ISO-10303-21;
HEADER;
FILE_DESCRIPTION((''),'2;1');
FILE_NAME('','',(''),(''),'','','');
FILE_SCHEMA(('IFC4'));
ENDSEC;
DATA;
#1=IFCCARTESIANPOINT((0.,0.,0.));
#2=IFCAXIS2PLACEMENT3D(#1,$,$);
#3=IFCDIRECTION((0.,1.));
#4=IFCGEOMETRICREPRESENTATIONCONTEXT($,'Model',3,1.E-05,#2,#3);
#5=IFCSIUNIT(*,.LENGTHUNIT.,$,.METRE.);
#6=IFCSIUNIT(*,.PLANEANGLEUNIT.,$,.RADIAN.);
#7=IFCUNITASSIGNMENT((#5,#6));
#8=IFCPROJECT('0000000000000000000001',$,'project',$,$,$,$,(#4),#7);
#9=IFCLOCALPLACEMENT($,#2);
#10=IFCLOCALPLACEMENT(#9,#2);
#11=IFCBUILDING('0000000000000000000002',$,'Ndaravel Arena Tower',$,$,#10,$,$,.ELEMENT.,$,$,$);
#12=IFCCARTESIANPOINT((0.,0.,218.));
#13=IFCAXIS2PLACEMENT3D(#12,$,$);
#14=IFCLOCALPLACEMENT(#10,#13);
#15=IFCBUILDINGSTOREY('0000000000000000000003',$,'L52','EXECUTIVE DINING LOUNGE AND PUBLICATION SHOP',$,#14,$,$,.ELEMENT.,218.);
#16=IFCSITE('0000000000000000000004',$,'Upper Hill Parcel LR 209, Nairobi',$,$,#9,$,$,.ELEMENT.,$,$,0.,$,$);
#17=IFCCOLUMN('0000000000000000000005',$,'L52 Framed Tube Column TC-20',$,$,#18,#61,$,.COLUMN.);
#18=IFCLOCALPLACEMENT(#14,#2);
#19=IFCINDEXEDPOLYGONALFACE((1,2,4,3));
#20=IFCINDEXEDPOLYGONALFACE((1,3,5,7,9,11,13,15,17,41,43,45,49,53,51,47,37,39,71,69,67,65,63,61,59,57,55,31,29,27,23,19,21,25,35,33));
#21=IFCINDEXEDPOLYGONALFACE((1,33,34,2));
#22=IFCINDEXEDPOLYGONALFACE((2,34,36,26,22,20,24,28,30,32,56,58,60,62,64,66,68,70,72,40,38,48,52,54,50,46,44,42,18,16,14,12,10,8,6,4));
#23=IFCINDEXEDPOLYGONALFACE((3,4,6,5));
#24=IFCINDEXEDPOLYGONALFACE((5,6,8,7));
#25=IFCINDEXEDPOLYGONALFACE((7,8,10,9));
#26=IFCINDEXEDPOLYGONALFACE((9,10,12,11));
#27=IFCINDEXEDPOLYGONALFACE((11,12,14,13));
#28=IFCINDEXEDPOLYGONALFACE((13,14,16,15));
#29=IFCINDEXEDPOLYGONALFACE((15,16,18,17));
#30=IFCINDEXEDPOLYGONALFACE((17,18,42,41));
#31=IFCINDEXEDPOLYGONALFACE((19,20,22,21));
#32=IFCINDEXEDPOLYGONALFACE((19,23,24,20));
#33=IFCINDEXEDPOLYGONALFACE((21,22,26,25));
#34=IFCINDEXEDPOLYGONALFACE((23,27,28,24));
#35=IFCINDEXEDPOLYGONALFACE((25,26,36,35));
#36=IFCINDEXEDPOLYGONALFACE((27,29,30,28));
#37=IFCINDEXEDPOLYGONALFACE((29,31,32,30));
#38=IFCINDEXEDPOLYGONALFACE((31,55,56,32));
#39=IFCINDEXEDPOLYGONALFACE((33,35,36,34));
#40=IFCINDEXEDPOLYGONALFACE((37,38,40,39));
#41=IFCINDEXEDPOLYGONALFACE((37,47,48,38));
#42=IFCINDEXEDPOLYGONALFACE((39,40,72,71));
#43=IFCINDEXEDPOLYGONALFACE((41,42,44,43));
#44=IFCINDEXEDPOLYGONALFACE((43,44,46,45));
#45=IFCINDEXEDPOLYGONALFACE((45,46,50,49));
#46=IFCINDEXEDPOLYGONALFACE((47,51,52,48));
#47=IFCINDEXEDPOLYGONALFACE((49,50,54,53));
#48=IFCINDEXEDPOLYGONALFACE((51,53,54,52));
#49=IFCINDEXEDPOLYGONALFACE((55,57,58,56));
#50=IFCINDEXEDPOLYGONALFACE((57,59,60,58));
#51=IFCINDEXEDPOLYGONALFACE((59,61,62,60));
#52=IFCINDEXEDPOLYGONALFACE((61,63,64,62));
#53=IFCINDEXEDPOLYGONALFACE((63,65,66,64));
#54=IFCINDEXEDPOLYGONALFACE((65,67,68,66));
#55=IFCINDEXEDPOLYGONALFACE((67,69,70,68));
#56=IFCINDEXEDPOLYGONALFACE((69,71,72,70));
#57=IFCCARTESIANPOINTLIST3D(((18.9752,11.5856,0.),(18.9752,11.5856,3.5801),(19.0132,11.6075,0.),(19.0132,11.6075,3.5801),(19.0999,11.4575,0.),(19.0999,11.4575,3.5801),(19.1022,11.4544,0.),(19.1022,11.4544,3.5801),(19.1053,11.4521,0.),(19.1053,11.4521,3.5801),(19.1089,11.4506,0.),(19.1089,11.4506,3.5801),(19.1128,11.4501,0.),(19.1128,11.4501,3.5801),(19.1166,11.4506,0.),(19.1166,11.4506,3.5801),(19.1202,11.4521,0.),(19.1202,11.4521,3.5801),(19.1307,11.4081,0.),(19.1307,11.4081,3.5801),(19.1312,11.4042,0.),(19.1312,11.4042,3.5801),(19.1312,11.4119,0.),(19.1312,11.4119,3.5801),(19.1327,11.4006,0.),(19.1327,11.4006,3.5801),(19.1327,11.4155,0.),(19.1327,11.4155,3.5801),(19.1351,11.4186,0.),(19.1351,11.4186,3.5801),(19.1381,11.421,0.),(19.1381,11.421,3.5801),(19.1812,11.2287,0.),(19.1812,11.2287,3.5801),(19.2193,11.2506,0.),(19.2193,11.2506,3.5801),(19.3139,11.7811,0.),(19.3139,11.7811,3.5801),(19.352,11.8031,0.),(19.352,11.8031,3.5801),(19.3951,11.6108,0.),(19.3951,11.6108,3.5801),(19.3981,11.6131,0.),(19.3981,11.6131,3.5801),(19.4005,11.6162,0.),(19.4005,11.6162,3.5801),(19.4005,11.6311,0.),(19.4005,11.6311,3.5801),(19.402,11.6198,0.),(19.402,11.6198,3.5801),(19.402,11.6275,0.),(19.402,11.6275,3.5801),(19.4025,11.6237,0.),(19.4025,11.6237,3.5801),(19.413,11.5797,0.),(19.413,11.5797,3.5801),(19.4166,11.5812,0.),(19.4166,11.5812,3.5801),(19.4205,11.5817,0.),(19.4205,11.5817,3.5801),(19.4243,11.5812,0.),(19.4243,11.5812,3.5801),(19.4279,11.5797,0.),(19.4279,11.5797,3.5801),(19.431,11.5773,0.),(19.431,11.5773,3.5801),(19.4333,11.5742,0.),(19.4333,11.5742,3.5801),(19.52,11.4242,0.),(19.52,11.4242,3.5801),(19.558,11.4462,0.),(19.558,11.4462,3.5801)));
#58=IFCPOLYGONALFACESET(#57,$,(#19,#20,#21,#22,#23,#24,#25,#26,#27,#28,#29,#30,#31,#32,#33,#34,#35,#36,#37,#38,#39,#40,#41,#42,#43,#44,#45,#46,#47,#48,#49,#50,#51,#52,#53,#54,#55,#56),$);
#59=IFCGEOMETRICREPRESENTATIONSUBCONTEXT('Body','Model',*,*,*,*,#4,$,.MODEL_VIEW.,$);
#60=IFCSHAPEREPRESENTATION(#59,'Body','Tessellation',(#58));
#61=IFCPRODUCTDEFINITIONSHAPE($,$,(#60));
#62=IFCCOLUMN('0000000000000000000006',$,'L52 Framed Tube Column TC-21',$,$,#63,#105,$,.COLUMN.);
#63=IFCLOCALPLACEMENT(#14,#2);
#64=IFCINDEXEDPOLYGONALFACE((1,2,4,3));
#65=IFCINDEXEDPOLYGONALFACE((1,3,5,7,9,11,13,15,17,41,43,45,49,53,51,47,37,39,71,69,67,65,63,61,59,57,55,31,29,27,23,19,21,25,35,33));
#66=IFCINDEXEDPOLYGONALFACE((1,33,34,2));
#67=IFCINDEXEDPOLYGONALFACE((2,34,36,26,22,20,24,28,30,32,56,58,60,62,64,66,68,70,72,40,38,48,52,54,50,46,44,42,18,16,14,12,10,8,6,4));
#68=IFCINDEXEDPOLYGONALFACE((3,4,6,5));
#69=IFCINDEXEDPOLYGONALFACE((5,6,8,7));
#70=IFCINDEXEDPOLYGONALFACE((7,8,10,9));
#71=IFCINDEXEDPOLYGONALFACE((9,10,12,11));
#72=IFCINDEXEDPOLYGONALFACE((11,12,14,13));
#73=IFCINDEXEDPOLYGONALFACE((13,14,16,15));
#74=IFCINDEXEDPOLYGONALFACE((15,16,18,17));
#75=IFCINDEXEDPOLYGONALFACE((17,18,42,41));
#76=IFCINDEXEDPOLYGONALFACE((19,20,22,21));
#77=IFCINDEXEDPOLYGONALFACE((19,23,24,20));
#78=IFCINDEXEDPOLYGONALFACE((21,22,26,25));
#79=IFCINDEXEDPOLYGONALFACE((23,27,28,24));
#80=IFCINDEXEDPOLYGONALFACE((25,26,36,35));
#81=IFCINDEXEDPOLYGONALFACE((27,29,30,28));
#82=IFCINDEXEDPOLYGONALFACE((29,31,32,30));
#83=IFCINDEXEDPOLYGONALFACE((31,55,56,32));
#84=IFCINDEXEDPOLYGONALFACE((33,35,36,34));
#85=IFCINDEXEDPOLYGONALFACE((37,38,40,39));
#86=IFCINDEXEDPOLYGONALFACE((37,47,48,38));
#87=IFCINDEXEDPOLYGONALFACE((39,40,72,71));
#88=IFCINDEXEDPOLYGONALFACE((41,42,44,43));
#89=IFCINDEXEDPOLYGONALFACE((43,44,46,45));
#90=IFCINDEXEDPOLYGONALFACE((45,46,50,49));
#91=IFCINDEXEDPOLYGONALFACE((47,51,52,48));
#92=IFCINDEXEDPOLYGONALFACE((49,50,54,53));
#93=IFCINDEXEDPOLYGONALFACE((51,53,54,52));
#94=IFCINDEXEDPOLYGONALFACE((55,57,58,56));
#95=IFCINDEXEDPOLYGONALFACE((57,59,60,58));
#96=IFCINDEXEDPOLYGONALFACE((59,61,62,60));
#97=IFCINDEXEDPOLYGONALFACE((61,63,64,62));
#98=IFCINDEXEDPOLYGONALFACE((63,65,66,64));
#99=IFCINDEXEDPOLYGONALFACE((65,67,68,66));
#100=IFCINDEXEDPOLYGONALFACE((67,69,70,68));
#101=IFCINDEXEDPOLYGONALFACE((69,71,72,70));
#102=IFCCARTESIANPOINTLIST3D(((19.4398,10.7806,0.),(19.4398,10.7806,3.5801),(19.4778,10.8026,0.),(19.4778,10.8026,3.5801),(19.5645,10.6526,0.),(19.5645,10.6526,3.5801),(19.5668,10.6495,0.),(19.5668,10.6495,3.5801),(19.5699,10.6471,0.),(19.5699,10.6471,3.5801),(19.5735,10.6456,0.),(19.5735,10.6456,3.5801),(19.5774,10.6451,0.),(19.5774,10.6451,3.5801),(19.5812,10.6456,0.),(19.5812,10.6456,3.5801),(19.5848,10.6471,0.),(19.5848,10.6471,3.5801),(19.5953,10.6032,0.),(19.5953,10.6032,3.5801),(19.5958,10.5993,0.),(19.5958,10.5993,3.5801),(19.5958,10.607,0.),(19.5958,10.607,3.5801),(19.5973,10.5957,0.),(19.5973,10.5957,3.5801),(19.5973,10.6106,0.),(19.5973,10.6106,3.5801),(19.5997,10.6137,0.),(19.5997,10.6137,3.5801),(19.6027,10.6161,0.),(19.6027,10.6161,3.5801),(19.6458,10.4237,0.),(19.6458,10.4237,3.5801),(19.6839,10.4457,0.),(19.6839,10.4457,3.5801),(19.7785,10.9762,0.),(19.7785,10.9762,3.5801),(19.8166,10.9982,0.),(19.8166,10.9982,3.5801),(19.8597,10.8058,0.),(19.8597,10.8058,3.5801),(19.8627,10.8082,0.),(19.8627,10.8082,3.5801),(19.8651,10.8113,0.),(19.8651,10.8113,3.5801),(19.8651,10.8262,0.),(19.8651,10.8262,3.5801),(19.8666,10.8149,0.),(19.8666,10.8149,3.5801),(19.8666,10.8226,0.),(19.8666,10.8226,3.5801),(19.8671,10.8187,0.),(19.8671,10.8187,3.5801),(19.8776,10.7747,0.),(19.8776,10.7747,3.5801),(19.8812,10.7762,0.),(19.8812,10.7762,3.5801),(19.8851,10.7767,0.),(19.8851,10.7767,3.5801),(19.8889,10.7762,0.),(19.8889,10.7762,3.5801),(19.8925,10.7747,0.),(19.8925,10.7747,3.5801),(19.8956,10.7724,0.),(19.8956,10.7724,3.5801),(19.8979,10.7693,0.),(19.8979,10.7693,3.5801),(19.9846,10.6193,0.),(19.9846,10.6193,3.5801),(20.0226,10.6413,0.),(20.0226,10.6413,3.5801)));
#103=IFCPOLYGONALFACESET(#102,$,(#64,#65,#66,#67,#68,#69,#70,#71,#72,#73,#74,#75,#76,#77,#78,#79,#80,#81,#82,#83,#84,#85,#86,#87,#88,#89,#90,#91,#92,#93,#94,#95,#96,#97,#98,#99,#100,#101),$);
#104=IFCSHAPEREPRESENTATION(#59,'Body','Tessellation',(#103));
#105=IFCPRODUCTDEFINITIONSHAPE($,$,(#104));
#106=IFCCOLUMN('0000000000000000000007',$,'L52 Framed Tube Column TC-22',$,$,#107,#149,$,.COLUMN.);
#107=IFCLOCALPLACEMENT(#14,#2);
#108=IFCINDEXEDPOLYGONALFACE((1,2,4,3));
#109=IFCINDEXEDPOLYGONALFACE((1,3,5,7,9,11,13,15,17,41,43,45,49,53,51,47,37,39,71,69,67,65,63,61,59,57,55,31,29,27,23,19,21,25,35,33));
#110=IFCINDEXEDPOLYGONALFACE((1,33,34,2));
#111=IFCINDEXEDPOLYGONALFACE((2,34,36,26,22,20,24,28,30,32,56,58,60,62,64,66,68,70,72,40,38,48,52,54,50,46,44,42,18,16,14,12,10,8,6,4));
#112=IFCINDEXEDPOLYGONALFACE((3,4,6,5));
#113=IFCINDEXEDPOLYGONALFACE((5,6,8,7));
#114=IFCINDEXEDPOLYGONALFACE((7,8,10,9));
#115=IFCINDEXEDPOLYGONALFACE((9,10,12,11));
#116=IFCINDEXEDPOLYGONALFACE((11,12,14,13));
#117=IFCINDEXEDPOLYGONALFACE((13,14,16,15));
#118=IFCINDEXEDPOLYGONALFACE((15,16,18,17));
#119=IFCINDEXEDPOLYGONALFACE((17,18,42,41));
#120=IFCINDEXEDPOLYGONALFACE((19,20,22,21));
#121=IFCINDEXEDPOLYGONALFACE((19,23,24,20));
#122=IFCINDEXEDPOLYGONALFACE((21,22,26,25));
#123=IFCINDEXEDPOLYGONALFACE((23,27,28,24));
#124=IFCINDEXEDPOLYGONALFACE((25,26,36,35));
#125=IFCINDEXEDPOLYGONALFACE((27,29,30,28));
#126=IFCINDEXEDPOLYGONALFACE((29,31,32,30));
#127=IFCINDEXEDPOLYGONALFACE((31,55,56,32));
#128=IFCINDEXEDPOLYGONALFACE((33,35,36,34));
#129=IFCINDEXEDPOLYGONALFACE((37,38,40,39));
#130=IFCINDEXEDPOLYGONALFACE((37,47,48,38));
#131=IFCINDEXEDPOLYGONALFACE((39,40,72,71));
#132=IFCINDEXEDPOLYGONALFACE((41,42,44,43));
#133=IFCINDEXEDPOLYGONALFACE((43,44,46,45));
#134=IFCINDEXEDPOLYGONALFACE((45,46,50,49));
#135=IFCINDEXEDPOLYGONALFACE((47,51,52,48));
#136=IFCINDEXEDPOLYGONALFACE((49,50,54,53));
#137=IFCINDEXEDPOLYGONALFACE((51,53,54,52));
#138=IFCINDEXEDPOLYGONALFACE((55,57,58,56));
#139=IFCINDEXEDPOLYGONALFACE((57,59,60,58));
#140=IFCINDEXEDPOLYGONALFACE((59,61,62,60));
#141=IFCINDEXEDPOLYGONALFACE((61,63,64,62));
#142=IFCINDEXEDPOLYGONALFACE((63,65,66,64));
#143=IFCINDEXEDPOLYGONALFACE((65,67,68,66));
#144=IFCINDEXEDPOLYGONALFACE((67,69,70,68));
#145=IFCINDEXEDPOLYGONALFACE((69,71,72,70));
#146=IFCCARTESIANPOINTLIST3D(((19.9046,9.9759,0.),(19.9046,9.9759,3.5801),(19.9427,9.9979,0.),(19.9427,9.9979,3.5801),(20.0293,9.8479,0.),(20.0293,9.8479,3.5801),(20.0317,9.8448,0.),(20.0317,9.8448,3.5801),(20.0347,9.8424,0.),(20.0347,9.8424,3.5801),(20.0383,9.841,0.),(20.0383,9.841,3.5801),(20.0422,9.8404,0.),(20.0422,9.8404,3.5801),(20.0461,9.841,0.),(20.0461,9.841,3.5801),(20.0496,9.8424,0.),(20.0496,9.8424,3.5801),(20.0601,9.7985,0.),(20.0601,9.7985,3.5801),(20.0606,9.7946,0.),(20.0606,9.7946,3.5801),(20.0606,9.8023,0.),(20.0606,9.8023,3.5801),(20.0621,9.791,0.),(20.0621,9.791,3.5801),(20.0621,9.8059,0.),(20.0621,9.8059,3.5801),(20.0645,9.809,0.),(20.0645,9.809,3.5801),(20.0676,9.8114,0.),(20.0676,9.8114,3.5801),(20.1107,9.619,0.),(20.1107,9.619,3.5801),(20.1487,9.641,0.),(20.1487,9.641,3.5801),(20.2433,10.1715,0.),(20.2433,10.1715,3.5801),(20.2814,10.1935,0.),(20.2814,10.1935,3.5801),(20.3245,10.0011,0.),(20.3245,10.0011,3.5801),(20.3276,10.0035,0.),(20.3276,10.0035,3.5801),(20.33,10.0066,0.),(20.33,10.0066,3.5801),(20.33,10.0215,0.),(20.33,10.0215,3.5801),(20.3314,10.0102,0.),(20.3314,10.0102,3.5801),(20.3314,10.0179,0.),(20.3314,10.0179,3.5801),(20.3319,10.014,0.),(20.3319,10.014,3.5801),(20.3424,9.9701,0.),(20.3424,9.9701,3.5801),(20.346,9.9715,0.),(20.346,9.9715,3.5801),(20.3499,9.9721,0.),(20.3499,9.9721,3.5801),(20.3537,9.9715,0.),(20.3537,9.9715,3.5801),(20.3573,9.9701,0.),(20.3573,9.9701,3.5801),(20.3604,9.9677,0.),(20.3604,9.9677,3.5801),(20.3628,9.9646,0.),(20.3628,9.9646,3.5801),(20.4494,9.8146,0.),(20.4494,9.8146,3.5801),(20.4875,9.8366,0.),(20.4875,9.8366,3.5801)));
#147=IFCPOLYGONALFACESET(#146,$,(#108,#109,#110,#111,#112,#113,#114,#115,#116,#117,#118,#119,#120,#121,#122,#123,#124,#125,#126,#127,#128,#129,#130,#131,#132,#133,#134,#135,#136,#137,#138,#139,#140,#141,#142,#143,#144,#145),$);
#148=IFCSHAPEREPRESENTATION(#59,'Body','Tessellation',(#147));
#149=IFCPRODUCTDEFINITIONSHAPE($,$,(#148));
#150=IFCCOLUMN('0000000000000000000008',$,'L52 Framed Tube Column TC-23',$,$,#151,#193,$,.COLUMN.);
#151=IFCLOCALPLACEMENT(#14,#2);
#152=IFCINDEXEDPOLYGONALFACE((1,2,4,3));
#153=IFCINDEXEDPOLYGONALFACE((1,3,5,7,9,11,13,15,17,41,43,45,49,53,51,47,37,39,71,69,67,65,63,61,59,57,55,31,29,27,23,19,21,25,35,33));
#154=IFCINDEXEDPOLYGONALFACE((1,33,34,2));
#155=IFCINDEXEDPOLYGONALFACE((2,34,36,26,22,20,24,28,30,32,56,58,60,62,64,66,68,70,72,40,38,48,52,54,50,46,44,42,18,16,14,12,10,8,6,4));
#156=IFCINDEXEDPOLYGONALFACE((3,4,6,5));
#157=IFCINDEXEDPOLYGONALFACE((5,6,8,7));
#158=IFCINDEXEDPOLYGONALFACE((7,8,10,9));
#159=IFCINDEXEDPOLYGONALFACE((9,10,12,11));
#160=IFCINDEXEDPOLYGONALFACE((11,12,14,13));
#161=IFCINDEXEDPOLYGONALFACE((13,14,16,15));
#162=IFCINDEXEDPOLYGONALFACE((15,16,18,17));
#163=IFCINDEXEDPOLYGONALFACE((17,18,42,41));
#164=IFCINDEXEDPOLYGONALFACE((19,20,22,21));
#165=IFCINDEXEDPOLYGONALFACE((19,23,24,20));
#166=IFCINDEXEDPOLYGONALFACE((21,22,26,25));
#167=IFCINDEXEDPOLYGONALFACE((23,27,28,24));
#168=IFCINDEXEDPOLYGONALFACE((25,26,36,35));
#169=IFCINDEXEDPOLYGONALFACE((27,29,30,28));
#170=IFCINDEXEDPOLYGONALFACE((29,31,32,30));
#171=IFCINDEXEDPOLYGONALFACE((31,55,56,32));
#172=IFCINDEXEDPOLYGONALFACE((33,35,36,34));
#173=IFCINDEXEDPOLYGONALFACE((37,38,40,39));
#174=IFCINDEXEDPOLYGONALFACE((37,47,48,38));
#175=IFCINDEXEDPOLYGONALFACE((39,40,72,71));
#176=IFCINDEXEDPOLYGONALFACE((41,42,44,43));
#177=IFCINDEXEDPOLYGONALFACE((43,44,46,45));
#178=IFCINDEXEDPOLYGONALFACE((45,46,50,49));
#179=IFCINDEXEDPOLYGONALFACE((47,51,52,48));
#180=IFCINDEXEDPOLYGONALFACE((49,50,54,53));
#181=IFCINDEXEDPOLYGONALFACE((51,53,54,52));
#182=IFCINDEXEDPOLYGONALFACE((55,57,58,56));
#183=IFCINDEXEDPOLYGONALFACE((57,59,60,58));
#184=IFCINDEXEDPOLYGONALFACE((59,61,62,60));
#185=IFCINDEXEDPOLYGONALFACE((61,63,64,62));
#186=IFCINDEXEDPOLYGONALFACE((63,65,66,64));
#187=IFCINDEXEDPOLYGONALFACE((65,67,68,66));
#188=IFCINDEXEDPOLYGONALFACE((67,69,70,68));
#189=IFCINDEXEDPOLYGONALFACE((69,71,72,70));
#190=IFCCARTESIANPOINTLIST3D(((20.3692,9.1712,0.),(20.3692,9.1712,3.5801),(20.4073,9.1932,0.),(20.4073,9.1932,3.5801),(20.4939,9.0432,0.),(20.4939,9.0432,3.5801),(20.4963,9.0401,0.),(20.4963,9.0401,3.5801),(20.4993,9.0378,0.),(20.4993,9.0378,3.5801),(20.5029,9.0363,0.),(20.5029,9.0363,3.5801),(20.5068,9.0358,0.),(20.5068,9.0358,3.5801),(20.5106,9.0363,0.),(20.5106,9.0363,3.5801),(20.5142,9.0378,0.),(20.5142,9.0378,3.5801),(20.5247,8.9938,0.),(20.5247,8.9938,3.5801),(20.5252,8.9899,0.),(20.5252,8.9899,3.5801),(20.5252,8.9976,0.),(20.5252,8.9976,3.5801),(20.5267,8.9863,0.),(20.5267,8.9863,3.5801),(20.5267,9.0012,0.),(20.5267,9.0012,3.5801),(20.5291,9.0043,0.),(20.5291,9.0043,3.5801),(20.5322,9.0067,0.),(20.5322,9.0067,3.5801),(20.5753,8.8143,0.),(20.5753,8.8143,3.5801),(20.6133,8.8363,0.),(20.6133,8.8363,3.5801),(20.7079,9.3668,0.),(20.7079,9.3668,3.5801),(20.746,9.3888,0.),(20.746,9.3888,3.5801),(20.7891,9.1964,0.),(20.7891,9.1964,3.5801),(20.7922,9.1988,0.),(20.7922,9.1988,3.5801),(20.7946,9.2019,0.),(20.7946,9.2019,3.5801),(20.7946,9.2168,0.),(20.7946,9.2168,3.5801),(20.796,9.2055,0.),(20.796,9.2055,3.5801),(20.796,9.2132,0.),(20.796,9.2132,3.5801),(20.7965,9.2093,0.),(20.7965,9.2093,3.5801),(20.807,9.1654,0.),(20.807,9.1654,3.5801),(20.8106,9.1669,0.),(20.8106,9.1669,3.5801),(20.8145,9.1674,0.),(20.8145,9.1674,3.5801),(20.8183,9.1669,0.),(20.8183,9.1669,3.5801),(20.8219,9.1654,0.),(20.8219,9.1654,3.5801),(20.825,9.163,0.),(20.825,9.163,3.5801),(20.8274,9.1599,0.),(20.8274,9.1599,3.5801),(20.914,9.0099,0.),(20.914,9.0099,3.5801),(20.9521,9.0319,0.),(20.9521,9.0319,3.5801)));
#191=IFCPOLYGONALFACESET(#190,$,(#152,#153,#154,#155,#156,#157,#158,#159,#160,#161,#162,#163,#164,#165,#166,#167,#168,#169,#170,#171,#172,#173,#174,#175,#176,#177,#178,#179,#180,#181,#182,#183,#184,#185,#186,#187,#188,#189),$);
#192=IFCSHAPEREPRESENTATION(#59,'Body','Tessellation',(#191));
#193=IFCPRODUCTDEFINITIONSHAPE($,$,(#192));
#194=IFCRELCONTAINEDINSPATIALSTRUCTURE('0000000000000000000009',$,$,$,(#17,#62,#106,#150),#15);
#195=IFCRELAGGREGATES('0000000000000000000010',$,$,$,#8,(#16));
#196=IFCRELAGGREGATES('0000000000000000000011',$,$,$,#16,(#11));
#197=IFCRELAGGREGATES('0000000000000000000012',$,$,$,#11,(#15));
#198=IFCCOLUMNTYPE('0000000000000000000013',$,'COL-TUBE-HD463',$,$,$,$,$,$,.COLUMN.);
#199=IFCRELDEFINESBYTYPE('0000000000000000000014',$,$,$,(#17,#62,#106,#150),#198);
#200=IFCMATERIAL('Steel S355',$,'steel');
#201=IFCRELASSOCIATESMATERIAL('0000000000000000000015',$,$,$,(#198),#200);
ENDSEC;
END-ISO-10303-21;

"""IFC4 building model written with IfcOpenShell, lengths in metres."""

from ifc_helpers import new_model, si_unit, direction, frame, origin, origin_2d, place, context, subcontext, project, spatial, i_section, extrude, material, material_profile, profile_set, type_object, element, save


model = new_model("IFC4")

# Units and contexts
model_context = context("Model", 3, precision=1e-05, world=origin(), true_north=direction((0.0, 1.0)))
body_context = subcontext(model_context, "Body", "Model", "MODEL_VIEW")
ifc_project = project(units=[si_unit("LENGTHUNIT", "METRE"), si_unit("PLANEANGLEUNIT", "RADIAN")], contexts=[model_context])

# Site, building, storey
site_placement = place(None, origin())
site = spatial("IfcSite", under=ifc_project, at=site_placement, Name="Upper Hill Parcel LR 209, Nairobi", CompositionType="ELEMENT", RefElevation=0.0)
building_placement = place(site_placement, origin())
building = spatial("IfcBuilding", under=site, at=building_placement, Name="Ndaravel Arena Tower", CompositionType="ELEMENT")
storey_placement = place(building_placement, frame((0.0, 0.0, 218.0)))
storey = spatial("IfcBuildingStorey", under=building, at=storey_placement, Name="L52", Description="EXECUTIVE DINING LOUNGE AND PUBLICATION SHOP", CompositionType="ELEMENT", Elevation=218.0)

# Columns
ifc_material_1 = material(Name="Steel S355", Category="steel")
ifc_material_profile_1 = material_profile(ifc_material_1, i_section(OverallWidth=0.4121, OverallDepth=0.4351, WebThickness=0.0359, FlangeThickness=0.0439, FilletRadius=0.0149, at=origin_2d()), Name="HD 400x463")
ifc_profile_set_1 = profile_set([ifc_material_profile_1], Name="Steel S355")
column_type = type_object("IfcColumnType", Name="COL-TUBE-HD463", PredefinedType="COLUMN", material=ifc_profile_set_1)
for number, where, z_axis, x_axis, name in (
    (1, (19.2666, 11.5159, 0.0), (0.0, 0.0, 1.0), (-0.5, 0.866025, 0.0), "L52 Framed Tube Column TC-20"),
    (2, (19.7312, 10.7109, 0.0), (0.0, 0.0, 1.0), (-0.5, 0.866025, 0.0), "L52 Framed Tube Column TC-21"),
    (3, (20.196, 9.9062, 0.0), (0.0, 0.0, 1.0), (-0.5, 0.866025, 0.0), "L52 Framed Tube Column TC-22"),
    (4, (20.6606, 9.1016, 0.0), (0.0, 0.0, 1.0), (-0.5, 0.866025, 0.0), "L52 Framed Tube Column TC-23"),
):
    element("IfcColumn", number, at=place(storey_placement, frame(where, z_axis=z_axis, x_axis=x_axis)), inside=storey, type_object=column_type, Name=name, PredefinedType="COLUMN", context=body_context, shape_type="SweptSolid", body=[
        extrude(i_section(OverallWidth=0.4121, OverallDepth=0.4351, WebThickness=0.0359, FlangeThickness=0.0439, FilletRadius=0.0149, at=origin_2d()), origin(), (0.0, 0.0, 1.0), 3.5801),
    ])

save(model, "model.ifc")
